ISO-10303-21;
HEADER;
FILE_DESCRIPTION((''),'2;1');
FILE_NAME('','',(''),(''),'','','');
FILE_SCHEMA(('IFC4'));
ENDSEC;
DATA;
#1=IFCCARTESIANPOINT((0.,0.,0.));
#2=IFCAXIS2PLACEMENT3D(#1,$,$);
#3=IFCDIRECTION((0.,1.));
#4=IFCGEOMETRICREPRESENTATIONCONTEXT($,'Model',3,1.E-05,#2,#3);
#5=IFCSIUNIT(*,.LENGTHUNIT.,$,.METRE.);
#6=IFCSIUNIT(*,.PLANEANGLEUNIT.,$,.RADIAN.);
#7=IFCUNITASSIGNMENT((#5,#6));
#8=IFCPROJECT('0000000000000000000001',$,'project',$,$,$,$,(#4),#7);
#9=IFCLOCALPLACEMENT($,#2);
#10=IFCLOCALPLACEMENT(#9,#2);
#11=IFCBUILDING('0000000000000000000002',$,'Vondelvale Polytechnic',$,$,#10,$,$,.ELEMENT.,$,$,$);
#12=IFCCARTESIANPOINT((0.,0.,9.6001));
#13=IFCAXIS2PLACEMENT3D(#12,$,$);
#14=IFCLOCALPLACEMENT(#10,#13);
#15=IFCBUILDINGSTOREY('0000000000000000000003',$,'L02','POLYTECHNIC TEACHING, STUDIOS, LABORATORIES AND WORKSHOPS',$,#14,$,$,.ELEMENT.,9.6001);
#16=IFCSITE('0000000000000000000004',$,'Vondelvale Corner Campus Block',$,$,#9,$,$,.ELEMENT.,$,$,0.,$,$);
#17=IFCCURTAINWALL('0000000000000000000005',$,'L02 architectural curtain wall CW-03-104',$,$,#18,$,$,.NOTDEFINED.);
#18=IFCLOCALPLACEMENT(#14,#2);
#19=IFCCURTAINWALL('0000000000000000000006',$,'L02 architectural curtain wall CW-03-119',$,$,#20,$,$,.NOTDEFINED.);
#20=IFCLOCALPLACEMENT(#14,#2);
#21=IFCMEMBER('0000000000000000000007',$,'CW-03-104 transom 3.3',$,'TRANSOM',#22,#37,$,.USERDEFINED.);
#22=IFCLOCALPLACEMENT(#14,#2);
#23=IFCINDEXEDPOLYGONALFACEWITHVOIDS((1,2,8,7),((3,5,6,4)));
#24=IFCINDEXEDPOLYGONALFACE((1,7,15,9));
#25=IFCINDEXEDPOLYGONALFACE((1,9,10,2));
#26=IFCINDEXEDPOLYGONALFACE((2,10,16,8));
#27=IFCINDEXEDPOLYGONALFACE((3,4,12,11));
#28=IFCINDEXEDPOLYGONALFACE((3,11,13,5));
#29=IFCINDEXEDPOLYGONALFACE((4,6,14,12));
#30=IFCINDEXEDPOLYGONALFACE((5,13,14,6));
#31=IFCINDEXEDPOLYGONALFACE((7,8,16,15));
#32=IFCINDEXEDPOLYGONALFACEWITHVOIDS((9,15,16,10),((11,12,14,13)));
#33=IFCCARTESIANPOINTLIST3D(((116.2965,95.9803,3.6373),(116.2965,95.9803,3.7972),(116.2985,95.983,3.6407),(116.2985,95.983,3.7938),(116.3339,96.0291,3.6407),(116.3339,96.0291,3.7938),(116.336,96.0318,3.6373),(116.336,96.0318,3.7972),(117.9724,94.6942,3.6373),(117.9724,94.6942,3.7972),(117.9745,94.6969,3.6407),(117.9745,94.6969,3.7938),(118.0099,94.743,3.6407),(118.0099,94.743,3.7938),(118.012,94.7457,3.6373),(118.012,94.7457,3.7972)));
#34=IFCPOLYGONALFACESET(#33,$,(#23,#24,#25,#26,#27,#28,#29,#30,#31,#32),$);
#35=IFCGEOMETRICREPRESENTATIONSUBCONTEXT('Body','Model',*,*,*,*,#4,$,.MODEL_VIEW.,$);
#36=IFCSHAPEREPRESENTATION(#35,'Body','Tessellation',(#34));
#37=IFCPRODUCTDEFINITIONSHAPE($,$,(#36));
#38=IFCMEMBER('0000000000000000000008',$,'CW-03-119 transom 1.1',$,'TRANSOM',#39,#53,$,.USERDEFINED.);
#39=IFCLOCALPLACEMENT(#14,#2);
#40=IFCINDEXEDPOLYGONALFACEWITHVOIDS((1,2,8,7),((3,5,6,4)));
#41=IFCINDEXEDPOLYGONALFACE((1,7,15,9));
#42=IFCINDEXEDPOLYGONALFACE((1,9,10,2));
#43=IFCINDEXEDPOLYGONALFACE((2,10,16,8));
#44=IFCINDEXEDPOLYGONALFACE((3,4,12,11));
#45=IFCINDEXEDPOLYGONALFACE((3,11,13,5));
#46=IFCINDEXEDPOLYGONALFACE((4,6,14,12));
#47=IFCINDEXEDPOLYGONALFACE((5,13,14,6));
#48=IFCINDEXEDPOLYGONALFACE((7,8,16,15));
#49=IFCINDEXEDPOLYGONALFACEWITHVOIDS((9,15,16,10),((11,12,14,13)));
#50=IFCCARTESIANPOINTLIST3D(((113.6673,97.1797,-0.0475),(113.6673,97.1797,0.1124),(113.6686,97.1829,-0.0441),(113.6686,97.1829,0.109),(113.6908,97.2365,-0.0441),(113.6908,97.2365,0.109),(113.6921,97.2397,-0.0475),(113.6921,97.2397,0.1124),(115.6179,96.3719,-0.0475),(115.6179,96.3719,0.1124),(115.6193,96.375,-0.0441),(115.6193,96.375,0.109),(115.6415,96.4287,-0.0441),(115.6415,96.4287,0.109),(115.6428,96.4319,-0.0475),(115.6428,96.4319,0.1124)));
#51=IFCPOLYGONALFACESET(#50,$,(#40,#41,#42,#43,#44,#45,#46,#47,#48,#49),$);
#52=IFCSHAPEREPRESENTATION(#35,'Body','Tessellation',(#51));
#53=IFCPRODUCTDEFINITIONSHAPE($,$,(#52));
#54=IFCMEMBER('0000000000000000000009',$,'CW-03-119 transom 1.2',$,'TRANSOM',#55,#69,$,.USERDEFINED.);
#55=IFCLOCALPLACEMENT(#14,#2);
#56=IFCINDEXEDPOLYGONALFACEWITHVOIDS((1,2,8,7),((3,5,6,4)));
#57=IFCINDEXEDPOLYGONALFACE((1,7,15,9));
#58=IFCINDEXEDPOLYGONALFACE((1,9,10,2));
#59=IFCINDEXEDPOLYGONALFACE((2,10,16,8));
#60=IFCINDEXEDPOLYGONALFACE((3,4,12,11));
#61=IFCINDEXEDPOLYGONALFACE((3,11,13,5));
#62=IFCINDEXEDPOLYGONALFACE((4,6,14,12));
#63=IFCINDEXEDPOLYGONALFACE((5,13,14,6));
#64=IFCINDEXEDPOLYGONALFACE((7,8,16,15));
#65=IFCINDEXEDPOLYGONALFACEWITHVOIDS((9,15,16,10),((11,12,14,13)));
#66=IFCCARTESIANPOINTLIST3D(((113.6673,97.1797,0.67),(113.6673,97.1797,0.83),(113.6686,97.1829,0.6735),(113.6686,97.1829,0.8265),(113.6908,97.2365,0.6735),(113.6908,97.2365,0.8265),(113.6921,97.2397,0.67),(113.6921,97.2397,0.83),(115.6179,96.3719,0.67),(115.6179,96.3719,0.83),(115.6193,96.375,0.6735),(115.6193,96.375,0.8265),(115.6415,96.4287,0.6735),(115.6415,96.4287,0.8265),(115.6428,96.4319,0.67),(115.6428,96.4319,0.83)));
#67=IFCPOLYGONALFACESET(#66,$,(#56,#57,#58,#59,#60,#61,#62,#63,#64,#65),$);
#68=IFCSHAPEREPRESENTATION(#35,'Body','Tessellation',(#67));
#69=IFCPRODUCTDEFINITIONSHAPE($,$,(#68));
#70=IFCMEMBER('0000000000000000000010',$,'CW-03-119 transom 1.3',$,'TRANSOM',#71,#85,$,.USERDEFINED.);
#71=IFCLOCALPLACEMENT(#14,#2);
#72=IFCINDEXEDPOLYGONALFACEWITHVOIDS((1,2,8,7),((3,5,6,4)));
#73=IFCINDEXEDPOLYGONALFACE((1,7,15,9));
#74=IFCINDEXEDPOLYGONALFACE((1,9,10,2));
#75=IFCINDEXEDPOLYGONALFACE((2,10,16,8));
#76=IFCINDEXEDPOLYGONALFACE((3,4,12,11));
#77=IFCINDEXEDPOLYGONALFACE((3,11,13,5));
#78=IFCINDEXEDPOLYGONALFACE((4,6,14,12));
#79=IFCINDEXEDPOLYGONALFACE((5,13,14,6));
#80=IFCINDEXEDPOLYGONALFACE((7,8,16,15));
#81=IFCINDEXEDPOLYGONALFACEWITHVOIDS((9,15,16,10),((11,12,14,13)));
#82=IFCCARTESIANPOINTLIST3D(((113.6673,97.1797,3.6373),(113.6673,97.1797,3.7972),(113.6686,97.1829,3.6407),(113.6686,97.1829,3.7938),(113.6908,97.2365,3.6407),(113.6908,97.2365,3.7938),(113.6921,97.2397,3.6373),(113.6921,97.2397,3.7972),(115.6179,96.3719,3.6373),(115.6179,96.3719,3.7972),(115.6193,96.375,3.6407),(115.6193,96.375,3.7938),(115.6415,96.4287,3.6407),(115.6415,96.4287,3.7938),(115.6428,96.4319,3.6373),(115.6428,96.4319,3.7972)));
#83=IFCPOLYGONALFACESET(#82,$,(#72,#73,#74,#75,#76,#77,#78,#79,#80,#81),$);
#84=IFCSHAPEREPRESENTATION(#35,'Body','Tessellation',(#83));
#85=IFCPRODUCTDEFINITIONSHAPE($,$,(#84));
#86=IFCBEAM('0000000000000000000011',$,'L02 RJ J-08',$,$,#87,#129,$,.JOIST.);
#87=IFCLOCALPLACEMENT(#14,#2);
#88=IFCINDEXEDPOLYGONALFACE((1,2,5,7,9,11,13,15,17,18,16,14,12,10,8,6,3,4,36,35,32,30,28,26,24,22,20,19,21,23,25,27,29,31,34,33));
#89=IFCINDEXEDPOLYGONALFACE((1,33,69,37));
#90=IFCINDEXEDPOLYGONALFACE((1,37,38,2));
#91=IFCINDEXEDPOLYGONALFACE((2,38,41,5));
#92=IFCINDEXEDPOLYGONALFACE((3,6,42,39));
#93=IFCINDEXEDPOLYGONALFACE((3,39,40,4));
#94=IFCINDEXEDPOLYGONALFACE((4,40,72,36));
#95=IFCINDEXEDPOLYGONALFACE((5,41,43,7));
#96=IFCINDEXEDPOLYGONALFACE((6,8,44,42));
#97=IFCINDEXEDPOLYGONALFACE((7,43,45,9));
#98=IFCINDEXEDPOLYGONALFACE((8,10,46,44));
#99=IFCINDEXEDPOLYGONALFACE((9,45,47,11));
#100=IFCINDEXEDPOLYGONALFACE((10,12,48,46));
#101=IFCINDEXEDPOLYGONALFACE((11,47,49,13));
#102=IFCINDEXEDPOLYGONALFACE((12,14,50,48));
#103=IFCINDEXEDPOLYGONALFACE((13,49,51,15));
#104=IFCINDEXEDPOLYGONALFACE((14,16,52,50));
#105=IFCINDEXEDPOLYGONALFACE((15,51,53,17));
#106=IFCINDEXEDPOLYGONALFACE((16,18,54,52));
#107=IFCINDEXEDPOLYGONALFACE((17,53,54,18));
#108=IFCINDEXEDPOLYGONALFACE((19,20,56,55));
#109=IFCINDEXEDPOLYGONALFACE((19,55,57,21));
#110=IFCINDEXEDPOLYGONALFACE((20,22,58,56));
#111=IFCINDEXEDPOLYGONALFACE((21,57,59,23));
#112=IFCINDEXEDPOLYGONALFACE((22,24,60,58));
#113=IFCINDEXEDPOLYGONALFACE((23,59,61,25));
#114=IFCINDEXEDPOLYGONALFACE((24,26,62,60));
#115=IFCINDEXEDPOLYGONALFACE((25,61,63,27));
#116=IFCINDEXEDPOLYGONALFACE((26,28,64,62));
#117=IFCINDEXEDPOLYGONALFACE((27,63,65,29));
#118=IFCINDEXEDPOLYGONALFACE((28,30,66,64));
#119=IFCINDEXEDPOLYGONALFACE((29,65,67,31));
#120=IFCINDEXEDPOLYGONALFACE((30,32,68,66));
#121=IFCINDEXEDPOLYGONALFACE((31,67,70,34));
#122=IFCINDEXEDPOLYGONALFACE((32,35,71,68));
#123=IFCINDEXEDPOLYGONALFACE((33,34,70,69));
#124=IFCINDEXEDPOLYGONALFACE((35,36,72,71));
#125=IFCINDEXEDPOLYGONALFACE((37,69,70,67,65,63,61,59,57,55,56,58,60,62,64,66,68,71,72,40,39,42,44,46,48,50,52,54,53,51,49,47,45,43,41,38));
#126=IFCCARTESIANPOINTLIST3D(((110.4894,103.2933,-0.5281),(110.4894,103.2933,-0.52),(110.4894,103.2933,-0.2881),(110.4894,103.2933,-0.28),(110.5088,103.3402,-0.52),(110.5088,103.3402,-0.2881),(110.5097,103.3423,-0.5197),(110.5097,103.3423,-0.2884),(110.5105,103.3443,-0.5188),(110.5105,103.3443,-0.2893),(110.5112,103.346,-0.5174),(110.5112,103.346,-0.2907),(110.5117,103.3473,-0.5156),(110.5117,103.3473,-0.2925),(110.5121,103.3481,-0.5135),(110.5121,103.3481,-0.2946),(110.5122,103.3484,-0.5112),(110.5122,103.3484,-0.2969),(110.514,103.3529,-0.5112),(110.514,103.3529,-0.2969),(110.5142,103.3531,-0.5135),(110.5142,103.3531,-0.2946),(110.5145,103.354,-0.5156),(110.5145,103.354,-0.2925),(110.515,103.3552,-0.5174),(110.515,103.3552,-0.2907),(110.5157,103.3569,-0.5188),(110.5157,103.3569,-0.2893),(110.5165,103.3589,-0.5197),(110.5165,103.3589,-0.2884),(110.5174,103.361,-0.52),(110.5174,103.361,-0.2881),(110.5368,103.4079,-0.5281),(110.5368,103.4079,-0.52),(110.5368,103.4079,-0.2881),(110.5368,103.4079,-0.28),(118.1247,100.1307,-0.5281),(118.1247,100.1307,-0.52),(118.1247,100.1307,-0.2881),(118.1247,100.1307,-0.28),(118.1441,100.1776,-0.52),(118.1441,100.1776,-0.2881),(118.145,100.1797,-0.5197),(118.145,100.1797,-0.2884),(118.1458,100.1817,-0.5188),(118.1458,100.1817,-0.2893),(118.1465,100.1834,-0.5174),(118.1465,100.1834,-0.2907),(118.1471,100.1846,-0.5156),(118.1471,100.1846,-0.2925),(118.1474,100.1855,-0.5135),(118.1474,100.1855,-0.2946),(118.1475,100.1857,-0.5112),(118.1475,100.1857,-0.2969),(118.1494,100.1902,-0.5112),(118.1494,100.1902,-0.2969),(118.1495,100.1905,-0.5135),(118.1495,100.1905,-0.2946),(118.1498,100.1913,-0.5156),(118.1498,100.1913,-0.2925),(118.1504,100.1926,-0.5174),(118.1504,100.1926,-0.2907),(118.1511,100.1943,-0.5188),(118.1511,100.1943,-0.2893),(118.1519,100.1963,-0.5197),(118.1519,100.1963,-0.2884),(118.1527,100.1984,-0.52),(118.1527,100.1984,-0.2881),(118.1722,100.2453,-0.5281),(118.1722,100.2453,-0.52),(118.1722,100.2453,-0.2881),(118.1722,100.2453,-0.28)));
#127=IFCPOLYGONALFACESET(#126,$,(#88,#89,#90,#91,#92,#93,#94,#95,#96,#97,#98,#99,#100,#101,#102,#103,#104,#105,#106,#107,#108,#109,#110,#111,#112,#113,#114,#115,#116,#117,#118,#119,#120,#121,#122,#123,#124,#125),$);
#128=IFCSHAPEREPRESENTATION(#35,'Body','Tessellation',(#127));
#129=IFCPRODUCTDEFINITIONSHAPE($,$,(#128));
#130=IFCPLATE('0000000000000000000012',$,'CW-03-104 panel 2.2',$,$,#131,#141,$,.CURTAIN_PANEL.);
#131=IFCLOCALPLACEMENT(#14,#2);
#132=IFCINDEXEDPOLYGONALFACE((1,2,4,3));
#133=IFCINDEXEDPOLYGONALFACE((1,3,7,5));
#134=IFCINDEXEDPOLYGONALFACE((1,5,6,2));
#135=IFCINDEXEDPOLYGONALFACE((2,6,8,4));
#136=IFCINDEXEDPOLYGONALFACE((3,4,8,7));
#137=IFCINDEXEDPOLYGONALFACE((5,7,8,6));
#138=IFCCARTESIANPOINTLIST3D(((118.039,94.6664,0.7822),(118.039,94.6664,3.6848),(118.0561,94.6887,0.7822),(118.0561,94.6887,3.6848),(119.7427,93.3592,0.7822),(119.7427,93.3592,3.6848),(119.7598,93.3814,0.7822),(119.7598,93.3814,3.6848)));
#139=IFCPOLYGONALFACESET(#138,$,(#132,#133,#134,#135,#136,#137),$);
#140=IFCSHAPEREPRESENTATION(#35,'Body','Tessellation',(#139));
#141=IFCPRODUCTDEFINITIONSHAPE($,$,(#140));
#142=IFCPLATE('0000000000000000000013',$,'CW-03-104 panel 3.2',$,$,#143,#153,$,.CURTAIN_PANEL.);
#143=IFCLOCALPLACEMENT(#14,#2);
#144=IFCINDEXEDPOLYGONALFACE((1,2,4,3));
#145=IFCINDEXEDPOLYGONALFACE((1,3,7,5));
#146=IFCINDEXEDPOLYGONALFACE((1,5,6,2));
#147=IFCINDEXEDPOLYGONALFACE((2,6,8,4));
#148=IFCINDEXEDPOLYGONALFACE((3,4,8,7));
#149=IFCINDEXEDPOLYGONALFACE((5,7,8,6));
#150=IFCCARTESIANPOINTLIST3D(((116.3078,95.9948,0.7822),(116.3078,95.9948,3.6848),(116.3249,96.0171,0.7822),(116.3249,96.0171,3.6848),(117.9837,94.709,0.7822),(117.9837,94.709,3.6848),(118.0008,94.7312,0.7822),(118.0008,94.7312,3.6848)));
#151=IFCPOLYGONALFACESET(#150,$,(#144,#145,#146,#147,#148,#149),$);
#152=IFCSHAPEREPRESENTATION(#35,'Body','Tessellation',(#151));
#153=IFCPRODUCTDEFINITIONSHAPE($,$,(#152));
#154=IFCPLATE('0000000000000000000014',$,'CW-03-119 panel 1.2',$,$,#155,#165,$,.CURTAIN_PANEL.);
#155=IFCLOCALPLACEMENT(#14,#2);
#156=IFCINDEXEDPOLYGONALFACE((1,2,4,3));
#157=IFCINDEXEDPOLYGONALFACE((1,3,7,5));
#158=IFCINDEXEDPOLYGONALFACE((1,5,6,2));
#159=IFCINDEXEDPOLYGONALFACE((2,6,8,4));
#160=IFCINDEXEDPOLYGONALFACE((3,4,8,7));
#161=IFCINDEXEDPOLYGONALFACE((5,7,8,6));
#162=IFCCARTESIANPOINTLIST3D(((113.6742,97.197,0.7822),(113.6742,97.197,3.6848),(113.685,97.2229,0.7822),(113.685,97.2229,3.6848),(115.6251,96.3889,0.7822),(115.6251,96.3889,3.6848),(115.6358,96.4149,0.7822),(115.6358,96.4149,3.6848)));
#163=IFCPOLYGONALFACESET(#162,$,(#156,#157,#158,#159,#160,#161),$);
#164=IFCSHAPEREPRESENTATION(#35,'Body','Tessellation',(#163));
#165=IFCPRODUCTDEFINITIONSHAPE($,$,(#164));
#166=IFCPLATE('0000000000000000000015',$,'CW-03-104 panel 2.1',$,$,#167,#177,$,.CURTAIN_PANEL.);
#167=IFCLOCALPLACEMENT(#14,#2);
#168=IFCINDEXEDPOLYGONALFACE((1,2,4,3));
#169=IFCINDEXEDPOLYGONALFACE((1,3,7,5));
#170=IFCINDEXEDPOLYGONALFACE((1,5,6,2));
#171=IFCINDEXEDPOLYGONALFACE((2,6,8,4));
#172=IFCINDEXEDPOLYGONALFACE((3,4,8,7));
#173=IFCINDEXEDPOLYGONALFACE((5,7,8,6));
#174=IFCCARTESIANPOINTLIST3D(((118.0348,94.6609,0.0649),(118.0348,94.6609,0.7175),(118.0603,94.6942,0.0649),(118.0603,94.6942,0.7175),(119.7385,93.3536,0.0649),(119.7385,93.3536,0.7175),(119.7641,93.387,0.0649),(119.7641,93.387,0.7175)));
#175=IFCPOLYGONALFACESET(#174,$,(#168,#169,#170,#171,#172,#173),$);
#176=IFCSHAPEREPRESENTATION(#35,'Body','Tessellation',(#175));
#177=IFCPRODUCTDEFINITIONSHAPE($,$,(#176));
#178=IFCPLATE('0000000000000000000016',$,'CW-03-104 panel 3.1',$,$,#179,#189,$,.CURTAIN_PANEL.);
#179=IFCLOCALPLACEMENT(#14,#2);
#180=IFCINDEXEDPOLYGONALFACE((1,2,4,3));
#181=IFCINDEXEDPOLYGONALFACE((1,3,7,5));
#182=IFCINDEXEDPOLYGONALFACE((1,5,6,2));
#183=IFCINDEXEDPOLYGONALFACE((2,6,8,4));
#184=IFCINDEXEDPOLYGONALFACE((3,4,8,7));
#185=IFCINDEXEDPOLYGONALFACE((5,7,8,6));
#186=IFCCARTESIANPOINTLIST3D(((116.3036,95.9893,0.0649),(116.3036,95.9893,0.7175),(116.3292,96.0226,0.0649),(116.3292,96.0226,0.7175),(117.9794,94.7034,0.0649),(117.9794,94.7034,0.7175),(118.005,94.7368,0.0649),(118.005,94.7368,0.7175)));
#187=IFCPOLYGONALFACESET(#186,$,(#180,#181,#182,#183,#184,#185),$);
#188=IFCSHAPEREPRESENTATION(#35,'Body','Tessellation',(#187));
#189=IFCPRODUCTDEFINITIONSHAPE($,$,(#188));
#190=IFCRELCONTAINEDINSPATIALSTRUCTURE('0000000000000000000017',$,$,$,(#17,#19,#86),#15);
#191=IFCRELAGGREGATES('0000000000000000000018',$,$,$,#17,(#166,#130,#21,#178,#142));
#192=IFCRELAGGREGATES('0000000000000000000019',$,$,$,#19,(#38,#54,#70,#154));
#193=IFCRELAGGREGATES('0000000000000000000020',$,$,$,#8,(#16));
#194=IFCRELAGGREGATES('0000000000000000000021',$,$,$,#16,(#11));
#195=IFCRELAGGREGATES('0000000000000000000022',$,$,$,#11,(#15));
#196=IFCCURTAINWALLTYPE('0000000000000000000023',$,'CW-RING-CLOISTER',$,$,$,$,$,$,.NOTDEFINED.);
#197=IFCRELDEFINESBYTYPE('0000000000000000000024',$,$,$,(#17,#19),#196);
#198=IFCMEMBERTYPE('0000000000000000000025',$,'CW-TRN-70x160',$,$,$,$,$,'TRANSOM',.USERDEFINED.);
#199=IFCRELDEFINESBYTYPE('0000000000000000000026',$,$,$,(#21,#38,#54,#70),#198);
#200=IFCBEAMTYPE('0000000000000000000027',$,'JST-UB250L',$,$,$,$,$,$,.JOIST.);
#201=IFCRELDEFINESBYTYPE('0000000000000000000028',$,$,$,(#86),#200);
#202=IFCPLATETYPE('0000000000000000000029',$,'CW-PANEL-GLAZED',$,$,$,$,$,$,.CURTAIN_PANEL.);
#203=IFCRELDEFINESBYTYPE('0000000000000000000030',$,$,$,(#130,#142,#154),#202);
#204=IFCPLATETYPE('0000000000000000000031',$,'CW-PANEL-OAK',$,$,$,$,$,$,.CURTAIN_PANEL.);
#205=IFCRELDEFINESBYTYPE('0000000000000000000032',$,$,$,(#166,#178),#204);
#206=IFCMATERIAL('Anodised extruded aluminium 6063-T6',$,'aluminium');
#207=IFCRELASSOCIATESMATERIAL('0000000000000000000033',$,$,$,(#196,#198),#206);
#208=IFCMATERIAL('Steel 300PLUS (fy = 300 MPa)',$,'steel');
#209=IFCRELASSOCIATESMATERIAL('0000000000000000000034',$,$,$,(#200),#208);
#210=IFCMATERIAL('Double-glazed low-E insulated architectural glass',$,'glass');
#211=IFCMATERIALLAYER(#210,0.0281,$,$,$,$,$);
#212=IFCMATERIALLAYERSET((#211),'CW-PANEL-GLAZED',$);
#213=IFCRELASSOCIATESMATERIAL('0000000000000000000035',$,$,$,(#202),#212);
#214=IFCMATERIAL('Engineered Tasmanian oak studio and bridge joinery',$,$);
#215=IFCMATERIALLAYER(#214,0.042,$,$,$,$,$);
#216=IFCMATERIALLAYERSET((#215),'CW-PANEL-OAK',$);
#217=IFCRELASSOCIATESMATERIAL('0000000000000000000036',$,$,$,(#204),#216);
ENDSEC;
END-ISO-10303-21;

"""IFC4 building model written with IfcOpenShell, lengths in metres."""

from ifc_helpers import new_model, si_unit, direction, frame, origin, origin_2d, place, context, subcontext, project, spatial, rectangle, hollow_rectangle, i_section, extrude, material, layer, layer_set, material_profile, profile_set, type_object, element, aggregate, save


model = new_model("IFC4")

# Units and contexts
model_context = context("Model", 3, precision=1e-05, world=origin(), true_north=direction((0.0, 1.0)))
body_context = subcontext(model_context, "Body", "Model", "MODEL_VIEW")
ifc_project = project(units=[si_unit("LENGTHUNIT", "METRE"), si_unit("PLANEANGLEUNIT", "RADIAN")], contexts=[model_context])

# Site, building, storey
site_placement = place(None, origin())
site = spatial("IfcSite", under=ifc_project, at=site_placement, Name="Vondelvale Corner Campus Block", CompositionType="ELEMENT", RefElevation=0.0)
building_placement = place(site_placement, origin())
building = spatial("IfcBuilding", under=site, at=building_placement, Name="Vondelvale Polytechnic", CompositionType="ELEMENT")
storey_placement = place(building_placement, frame((0.0, 0.0, 9.6001)))
storey = spatial("IfcBuildingStorey", under=building, at=storey_placement, Name="L02", Description="POLYTECHNIC TEACHING, STUDIOS, LABORATORIES AND WORKSHOPS", CompositionType="ELEMENT", Elevation=9.6001)

# Shared definitions
ifc_material_1 = material(Name="Steel 300PLUS (fy = 300 MPa)", Category="steel")

# Curtain wall
ifc_material_2 = material(Name="Anodised extruded aluminium 6063-T6", Category="aluminium")
curtain_wall_type = type_object("IfcCurtainWallType", Name="CW-RING-CLOISTER", PredefinedType="NOTDEFINED", material=ifc_material_2)
curtain_wall_1_placement = place(storey_placement, origin())
curtain_wall_1 = element("IfcCurtainWall", 1, at=curtain_wall_1_placement, inside=storey, type_object=curtain_wall_type, Name="L02 architectural curtain wall CW-03-104", PredefinedType="NOTDEFINED")

# Curtain wall
curtain_wall_2_placement = place(storey_placement, origin())
curtain_wall_2 = element("IfcCurtainWall", 2, at=curtain_wall_2_placement, inside=storey, type_object=curtain_wall_type, Name="L02 architectural curtain wall CW-03-119", PredefinedType="NOTDEFINED")

# Members
ifc_material_profile_1 = material_profile(ifc_material_2, hollow_rectangle(XDim=0.0649, YDim=0.1599, WallThickness=0.0034, at=origin_2d()), Name="CW-TRN-160x65")
ifc_profile_set_1 = profile_set([ifc_material_profile_1], Name="Anodised extruded aluminium 6063-T6")
member_type_1 = type_object("IfcMemberType", Name="CW-TRN-70x160", ElementType="TRANSOM", PredefinedType="USERDEFINED", material=ifc_profile_set_1)
member_1_placement = place(storey_placement, frame((117.9922, 94.72, 3.7173), z_axis=(-0.793337, 0.608783, 0.0), x_axis=(-0.608783, -0.793337, 0.0)))
member_1 = element("IfcMember", 3, at=member_1_placement, type_object=member_type_1, Name="CW-03-104 transom 3.3", ObjectType="TRANSOM", PredefinedType="USERDEFINED", context=body_context, shape_type="SweptSolid", body=[
    extrude(hollow_rectangle(XDim=0.0649, YDim=0.1599, WallThickness=0.0034, at=origin_2d()), origin(), (0.0, 0.0, 1.0), 2.1125),
])
member_2_placement = place(storey_placement, frame((115.6304, 96.4019, 0.0325), z_axis=(-0.923903, 0.382628, 0.0), x_axis=(-0.382628, -0.923903, 0.0)))
member_2 = element("IfcMember", 4, at=member_2_placement, type_object=member_type_1, Name="CW-03-119 transom 1.1", ObjectType="TRANSOM", PredefinedType="USERDEFINED", context=body_context, shape_type="SweptSolid", body=[
    extrude(hollow_rectangle(XDim=0.0649, YDim=0.1599, WallThickness=0.0034, at=origin_2d()), origin(), (0.0, 0.0, 1.0), 2.1113),
])
member_3_placement = place(storey_placement, frame((115.6304, 96.4019, 0.75), z_axis=(-0.923903, 0.382628, 0.0), x_axis=(-0.382628, -0.923903, 0.0)))
member_3 = element("IfcMember", 5, at=member_3_placement, type_object=member_type_1, Name="CW-03-119 transom 1.2", ObjectType="TRANSOM", PredefinedType="USERDEFINED", context=body_context, shape_type="SweptSolid", body=[
    extrude(hollow_rectangle(XDim=0.0649, YDim=0.1599, WallThickness=0.0034, at=origin_2d()), origin(), (0.0, 0.0, 1.0), 2.1113),
])
member_4_placement = place(storey_placement, frame((115.6304, 96.4019, 3.7173), z_axis=(-0.923903, 0.382628, 0.0), x_axis=(-0.382628, -0.923903, 0.0)))
member_4 = element("IfcMember", 6, at=member_4_placement, type_object=member_type_1, Name="CW-03-119 transom 1.3", ObjectType="TRANSOM", PredefinedType="USERDEFINED", context=body_context, shape_type="SweptSolid", body=[
    extrude(hollow_rectangle(XDim=0.0649, YDim=0.1599, WallThickness=0.0034, at=origin_2d()), origin(), (0.0, 0.0, 1.0), 2.1113),
])

# Beam
ifc_material_profile_2 = material_profile(ifc_material_1, i_section(OverallWidth=0.124, OverallDepth=0.248, WebThickness=0.0049, FlangeThickness=0.0081, FilletRadius=0.0088, at=origin_2d()), Name="250UB25.7")
ifc_profile_set_2 = profile_set([ifc_material_profile_2], Name="Steel 300PLUS (fy = 300 MPa)")
beam_type_1 = type_object("IfcBeamType", Name="JST-UB250L", PredefinedType="JOIST", material=ifc_profile_set_2)
beam_1_placement = place(storey_placement, frame((118.1484, 100.188, -0.4041), z_axis=(-0.923881, 0.382681, 0.0), x_axis=(-0.382681, -0.923881, 0.0)))
element("IfcBeam", 7, at=beam_1_placement, inside=storey, type_object=beam_type_1, Name="L02 RJ J-08", PredefinedType="JOIST", context=body_context, shape_type="SweptSolid", body=[
    extrude(i_section(OverallWidth=0.124, OverallDepth=0.248, WebThickness=0.0049, FlangeThickness=0.0081, FilletRadius=0.0088, at=origin_2d()), origin(), (0.0, 0.0, 1.0), 8.2644),
])

# Plates
ifc_material_3 = material(Name="Double-glazed low-E insulated architectural glass", Category="glass")
ifc_layer_1 = layer(ifc_material_3, 0.0281)
ifc_layer_set_1 = layer_set([ifc_layer_1], Name="CW-PANEL-GLAZED")
plate_type_1 = type_object("IfcPlateType", Name="CW-PANEL-GLAZED", PredefinedType="CURTAIN_PANEL", material=ifc_layer_set_1)
plate_1_placement = place(storey_placement, frame((118.8994, 94.0239, 0.7822), z_axis=(0.0, 0.0, 1.0), x_axis=(-0.793364, 0.608748, 0.0)))
plate_1 = element("IfcPlate", 8, at=plate_1_placement, type_object=plate_type_1, Name="CW-03-104 panel 2.2", PredefinedType="CURTAIN_PANEL", context=body_context, shape_type="SweptSolid", body=[
    extrude(rectangle(XDim=2.1475, YDim=0.0281, at=origin_2d()), origin(), (0.0, 0.0, 1.0), 2.9026),
])
plate_2_placement = place(storey_placement, frame((117.1543, 95.363, 0.7822), z_axis=(0.0, 0.0, 1.0), x_axis=(-0.793364, 0.608748, 0.0)))
plate_2 = element("IfcPlate", 9, at=plate_2_placement, type_object=plate_type_1, Name="CW-03-104 panel 3.2", PredefinedType="CURTAIN_PANEL", context=body_context, shape_type="SweptSolid", body=[
    extrude(rectangle(XDim=2.1123, YDim=0.0281, at=origin_2d()), origin(), (0.0, 0.0, 1.0), 2.9026),
])
plate_3_placement = place(storey_placement, frame((114.655, 96.8059, 0.7822), z_axis=(0.0, 0.0, 1.0), x_axis=(-0.923882, 0.382679, 0.0)))
plate_3 = element("IfcPlate", 10, at=plate_3_placement, type_object=plate_type_1, Name="CW-03-119 panel 1.2", PredefinedType="CURTAIN_PANEL", context=body_context, shape_type="SweptSolid", body=[
    extrude(rectangle(XDim=2.1116, YDim=0.0281, at=origin_2d()), origin(), (0.0, 0.0, 1.0), 2.9026),
])
ifc_material_4 = material(Name="Engineered Tasmanian oak studio and bridge joinery")
ifc_layer_2 = layer(ifc_material_4, 0.042)
ifc_layer_set_2 = layer_set([ifc_layer_2], Name="CW-PANEL-OAK")
plate_type_2 = type_object("IfcPlateType", Name="CW-PANEL-OAK", PredefinedType="CURTAIN_PANEL", material=ifc_layer_set_2)
plate_4_placement = place(storey_placement, frame((118.8994, 94.0239, 0.0649), z_axis=(0.0, 0.0, 1.0), x_axis=(-0.793364, 0.608748, 0.0)))
plate_4 = element("IfcPlate", 11, at=plate_4_placement, type_object=plate_type_2, Name="CW-03-104 panel 2.1", PredefinedType="CURTAIN_PANEL", context=body_context, shape_type="SweptSolid", body=[
    extrude(rectangle(XDim=2.1475, YDim=0.042, at=origin_2d()), origin(), (0.0, 0.0, 1.0), 0.6526),
])
plate_5_placement = place(storey_placement, frame((117.1543, 95.363, 0.0649), z_axis=(0.0, 0.0, 1.0), x_axis=(-0.793364, 0.608748, 0.0)))
plate_5 = element("IfcPlate", 12, at=plate_5_placement, type_object=plate_type_2, Name="CW-03-104 panel 3.1", PredefinedType="CURTAIN_PANEL", context=body_context, shape_type="SweptSolid", body=[
    extrude(rectangle(XDim=2.1123, YDim=0.042, at=origin_2d()), origin(), (0.0, 0.0, 1.0), 0.6526),
])
aggregate(curtain_wall_1, [plate_4, plate_1, member_1, plate_5, plate_2])
aggregate(curtain_wall_2, [member_2, member_3, member_4, plate_3])

save(model, "model.ifc")
